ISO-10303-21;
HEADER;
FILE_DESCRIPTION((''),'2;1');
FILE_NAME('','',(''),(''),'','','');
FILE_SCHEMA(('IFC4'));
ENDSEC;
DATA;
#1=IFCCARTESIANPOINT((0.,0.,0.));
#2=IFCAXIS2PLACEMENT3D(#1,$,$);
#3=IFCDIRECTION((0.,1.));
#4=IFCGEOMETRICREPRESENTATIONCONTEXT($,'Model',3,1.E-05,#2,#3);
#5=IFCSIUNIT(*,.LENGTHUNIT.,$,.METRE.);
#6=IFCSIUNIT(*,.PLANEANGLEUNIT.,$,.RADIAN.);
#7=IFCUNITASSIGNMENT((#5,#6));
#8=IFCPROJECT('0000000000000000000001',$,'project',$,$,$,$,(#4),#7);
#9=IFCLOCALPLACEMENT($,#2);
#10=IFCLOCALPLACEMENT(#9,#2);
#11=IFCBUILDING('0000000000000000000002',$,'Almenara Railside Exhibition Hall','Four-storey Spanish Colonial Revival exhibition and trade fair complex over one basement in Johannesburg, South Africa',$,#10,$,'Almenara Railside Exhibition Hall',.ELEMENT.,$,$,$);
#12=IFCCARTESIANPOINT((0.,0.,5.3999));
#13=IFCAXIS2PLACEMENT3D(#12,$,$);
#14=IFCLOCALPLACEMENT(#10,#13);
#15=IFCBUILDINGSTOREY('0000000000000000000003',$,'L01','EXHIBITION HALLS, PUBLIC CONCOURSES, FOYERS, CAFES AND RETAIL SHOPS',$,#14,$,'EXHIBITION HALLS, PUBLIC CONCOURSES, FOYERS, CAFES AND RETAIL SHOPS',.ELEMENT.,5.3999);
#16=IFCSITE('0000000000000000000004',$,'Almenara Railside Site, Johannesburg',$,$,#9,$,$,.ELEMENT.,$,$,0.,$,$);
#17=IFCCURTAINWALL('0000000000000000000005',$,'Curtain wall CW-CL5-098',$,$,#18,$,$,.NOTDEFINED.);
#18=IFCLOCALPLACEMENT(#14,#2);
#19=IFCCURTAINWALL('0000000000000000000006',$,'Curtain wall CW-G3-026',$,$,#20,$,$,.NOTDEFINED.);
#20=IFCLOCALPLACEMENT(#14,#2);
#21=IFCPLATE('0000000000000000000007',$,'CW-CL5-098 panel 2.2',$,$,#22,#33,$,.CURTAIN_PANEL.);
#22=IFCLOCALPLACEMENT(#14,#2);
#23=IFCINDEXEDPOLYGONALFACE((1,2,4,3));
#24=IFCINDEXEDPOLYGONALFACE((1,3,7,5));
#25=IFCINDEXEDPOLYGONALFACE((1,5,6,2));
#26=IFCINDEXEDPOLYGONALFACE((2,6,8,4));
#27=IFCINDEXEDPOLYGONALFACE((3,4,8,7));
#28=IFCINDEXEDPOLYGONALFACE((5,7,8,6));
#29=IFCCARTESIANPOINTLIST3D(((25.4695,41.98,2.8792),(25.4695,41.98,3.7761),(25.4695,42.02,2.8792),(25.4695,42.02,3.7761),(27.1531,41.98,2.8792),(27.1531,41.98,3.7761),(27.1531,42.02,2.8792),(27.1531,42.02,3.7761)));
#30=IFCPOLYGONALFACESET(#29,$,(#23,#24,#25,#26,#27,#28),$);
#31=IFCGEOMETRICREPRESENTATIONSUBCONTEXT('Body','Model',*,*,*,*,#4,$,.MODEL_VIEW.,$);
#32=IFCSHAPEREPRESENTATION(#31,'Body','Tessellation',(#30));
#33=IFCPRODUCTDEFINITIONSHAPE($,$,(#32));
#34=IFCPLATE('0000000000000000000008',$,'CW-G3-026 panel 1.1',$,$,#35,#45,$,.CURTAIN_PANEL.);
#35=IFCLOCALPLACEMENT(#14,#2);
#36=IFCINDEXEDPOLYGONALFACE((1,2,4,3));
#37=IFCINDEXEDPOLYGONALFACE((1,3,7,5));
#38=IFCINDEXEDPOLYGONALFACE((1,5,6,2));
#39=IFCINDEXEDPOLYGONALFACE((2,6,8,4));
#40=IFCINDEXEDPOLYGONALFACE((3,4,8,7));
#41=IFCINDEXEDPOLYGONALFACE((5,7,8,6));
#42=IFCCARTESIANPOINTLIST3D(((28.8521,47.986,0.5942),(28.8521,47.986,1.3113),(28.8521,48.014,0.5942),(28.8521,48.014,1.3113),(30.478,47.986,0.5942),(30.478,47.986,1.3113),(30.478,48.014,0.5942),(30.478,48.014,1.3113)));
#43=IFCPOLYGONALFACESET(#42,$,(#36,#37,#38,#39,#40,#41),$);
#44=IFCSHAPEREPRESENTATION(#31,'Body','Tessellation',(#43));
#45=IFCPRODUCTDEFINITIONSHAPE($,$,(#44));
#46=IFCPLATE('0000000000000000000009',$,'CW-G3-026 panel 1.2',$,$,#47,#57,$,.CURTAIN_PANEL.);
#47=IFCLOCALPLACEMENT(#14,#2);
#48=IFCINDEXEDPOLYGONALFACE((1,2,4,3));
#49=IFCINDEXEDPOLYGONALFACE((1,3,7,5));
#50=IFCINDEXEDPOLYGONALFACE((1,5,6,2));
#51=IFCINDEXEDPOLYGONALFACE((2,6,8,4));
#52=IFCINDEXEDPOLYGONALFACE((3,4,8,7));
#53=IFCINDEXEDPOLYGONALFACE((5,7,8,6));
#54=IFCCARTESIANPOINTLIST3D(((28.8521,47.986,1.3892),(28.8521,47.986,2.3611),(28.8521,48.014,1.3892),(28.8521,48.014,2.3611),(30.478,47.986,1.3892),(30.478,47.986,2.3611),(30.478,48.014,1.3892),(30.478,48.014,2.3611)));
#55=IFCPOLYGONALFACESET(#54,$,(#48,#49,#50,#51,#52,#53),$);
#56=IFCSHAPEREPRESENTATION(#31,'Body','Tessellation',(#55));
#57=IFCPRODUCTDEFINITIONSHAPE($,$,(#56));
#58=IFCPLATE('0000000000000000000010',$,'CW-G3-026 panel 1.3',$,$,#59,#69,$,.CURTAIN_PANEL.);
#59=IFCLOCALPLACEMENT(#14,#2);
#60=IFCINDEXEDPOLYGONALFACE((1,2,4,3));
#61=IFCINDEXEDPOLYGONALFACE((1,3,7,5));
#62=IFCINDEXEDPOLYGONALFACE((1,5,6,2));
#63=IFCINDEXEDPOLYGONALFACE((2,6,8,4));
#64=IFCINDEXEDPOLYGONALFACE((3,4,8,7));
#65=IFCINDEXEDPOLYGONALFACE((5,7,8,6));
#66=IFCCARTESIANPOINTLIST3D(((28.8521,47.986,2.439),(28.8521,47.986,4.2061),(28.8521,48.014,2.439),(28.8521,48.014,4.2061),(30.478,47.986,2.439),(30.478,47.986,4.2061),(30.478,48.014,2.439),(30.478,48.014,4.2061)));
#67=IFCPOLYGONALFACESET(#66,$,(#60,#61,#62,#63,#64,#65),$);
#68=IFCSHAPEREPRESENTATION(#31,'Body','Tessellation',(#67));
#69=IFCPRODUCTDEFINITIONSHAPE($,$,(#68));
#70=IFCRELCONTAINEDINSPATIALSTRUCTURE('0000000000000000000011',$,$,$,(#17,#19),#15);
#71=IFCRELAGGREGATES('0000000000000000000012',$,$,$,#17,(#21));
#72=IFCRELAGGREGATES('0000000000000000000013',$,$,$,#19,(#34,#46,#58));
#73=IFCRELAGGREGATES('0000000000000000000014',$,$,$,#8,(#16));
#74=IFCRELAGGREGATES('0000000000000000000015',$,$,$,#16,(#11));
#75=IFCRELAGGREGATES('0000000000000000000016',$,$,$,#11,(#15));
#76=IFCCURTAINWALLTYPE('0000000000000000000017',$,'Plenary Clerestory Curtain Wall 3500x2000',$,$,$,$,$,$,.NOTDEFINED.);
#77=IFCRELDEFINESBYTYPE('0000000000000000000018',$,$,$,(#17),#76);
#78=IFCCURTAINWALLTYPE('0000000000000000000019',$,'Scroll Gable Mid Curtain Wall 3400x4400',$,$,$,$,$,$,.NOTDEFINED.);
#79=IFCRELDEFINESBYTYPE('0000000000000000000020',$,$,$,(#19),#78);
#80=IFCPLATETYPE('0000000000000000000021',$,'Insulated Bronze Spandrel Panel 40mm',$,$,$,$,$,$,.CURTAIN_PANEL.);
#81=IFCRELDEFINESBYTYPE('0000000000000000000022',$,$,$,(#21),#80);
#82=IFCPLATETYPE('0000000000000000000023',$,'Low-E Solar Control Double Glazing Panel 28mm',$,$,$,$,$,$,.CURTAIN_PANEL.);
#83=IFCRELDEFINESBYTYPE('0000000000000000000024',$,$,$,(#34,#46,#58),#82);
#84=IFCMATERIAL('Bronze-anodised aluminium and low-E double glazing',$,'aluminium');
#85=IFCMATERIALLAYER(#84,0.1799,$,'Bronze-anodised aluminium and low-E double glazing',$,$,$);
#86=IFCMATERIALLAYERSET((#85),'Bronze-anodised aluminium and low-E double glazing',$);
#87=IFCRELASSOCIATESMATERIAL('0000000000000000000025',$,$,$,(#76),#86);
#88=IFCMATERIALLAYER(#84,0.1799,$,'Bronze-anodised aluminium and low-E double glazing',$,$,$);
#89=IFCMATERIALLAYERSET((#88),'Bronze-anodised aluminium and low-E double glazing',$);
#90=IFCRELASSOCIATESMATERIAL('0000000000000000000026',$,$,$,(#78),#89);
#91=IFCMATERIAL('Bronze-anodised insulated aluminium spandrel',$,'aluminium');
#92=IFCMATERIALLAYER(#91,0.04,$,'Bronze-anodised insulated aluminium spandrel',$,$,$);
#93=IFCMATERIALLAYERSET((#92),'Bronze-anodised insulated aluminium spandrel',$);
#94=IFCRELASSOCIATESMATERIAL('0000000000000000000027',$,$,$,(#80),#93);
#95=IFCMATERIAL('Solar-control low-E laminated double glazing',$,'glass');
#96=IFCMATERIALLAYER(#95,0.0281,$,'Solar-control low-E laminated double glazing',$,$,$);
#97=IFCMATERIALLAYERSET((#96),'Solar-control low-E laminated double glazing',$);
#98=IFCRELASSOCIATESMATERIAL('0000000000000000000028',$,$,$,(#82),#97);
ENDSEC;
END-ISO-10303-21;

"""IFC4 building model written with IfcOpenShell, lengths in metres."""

from ifc_helpers import new_model, si_unit, direction, frame, origin, origin_2d, place, context, subcontext, project, spatial, rectangle, extrude, material, layer, layer_set, type_object, element, aggregate, save


model = new_model("IFC4")

# Units and contexts
model_context = context("Model", 3, precision=1e-05, world=origin(), true_north=direction((0.0, 1.0)))
body_context = subcontext(model_context, "Body", "Model", "MODEL_VIEW")
ifc_project = project(units=[si_unit("LENGTHUNIT", "METRE"), si_unit("PLANEANGLEUNIT", "RADIAN")], contexts=[model_context])

# Site, building, storey
site_placement = place(None, origin())
site = spatial("IfcSite", under=ifc_project, at=site_placement, Name="Almenara Railside Site, Johannesburg", CompositionType="ELEMENT", RefElevation=0.0)
building_placement = place(site_placement, origin())
building = spatial("IfcBuilding", under=site, at=building_placement, Name="Almenara Railside Exhibition Hall", Description="Four-storey Spanish Colonial Revival exhibition and trade fair complex over one basement in Johannesburg, South Africa", LongName="Almenara Railside Exhibition Hall", CompositionType="ELEMENT")
storey_placement = place(building_placement, frame((0.0, 0.0, 5.3999)))
storey = spatial("IfcBuildingStorey", under=building, at=storey_placement, Name="L01", Description="EXHIBITION HALLS, PUBLIC CONCOURSES, FOYERS, CAFES AND RETAIL SHOPS", LongName="EXHIBITION HALLS, PUBLIC CONCOURSES, FOYERS, CAFES AND RETAIL SHOPS", CompositionType="ELEMENT", Elevation=5.3999)

# Curtain wall
ifc_material_1 = material(Name="Bronze-anodised aluminium and low-E double glazing", Category="aluminium")
ifc_layer_1 = layer(ifc_material_1, 0.1799, Name="Bronze-anodised aluminium and low-E double glazing")
ifc_layer_set_1 = layer_set([ifc_layer_1], Name="Bronze-anodised aluminium and low-E double glazing")
curtain_wall_type_1 = type_object("IfcCurtainWallType", Name="Plenary Clerestory Curtain Wall 3500x2000", PredefinedType="NOTDEFINED", material=ifc_layer_set_1)
curtain_wall_1_placement = place(storey_placement, origin())
curtain_wall_1 = element("IfcCurtainWall", 1, at=curtain_wall_1_placement, inside=storey, type_object=curtain_wall_type_1, Name="Curtain wall CW-CL5-098", PredefinedType="NOTDEFINED")

# Curtain wall
ifc_layer_2 = layer(ifc_material_1, 0.1799, Name="Bronze-anodised aluminium and low-E double glazing")
ifc_layer_set_2 = layer_set([ifc_layer_2], Name="Bronze-anodised aluminium and low-E double glazing")
curtain_wall_type_2 = type_object("IfcCurtainWallType", Name="Scroll Gable Mid Curtain Wall 3400x4400", PredefinedType="NOTDEFINED", material=ifc_layer_set_2)
curtain_wall_2_placement = place(storey_placement, origin())
curtain_wall_2 = element("IfcCurtainWall", 2, at=curtain_wall_2_placement, inside=storey, type_object=curtain_wall_type_2, Name="Curtain wall CW-G3-026", PredefinedType="NOTDEFINED")

# Plates
ifc_material_2 = material(Name="Bronze-anodised insulated aluminium spandrel", Category="aluminium")
ifc_layer_3 = layer(ifc_material_2, 0.04, Name="Bronze-anodised insulated aluminium spandrel")
ifc_layer_set_3 = layer_set([ifc_layer_3], Name="Bronze-anodised insulated aluminium spandrel")
plate_type_1 = type_object("IfcPlateType", Name="Insulated Bronze Spandrel Panel 40mm", PredefinedType="CURTAIN_PANEL", material=ifc_layer_set_3)
plate_1_placement = place(storey_placement, frame((26.3113, 42.0, 2.8792), z_axis=(0.0, 0.0, 1.0), x_axis=(1.0, 0.0, 0.0)))
plate_1 = element("IfcPlate", 3, at=plate_1_placement, type_object=plate_type_1, Name="CW-CL5-098 panel 2.2", PredefinedType="CURTAIN_PANEL", context=body_context, shape_type="SweptSolid", body=[
    extrude(rectangle(XDim=1.6836, YDim=0.04, at=origin_2d()), origin(), (0.0, 0.0, 1.0), 0.897),
])
aggregate(curtain_wall_1, [plate_1])
ifc_material_3 = material(Name="Solar-control low-E laminated double glazing", Category="glass")
ifc_layer_4 = layer(ifc_material_3, 0.0281, Name="Solar-control low-E laminated double glazing")
ifc_layer_set_4 = layer_set([ifc_layer_4], Name="Solar-control low-E laminated double glazing")
plate_type_2 = type_object("IfcPlateType", Name="Low-E Solar Control Double Glazing Panel 28mm", PredefinedType="CURTAIN_PANEL", material=ifc_layer_set_4)
plate_2_placement = place(storey_placement, frame((29.665, 48.0, 0.5942), z_axis=(0.0, 0.0, 1.0), x_axis=(1.0, 0.0, 0.0)))
plate_2 = element("IfcPlate", 4, at=plate_2_placement, type_object=plate_type_2, Name="CW-G3-026 panel 1.1", PredefinedType="CURTAIN_PANEL", context=body_context, shape_type="SweptSolid", body=[
    extrude(rectangle(XDim=1.626, YDim=0.0281, at=origin_2d()), origin(), (0.0, 0.0, 1.0), 0.717),
])
plate_3_placement = place(storey_placement, frame((29.665, 48.0, 1.3892), z_axis=(0.0, 0.0, 1.0), x_axis=(1.0, 0.0, 0.0)))
plate_3 = element("IfcPlate", 5, at=plate_3_placement, type_object=plate_type_2, Name="CW-G3-026 panel 1.2", PredefinedType="CURTAIN_PANEL", context=body_context, shape_type="SweptSolid", body=[
    extrude(rectangle(XDim=1.626, YDim=0.0281, at=origin_2d()), origin(), (0.0, 0.0, 1.0), 0.9719),
])
plate_4_placement = place(storey_placement, frame((29.665, 48.0, 2.439), z_axis=(0.0, 0.0, 1.0), x_axis=(1.0, 0.0, 0.0)))
plate_4 = element("IfcPlate", 6, at=plate_4_placement, type_object=plate_type_2, Name="CW-G3-026 panel 1.3", PredefinedType="CURTAIN_PANEL", context=body_context, shape_type="SweptSolid", body=[
    extrude(rectangle(XDim=1.626, YDim=0.0281, at=origin_2d()), origin(), (0.0, 0.0, 1.0), 1.7671),
])
aggregate(curtain_wall_2, [plate_2, plate_3, plate_4])

save(model, "model.ifc")
